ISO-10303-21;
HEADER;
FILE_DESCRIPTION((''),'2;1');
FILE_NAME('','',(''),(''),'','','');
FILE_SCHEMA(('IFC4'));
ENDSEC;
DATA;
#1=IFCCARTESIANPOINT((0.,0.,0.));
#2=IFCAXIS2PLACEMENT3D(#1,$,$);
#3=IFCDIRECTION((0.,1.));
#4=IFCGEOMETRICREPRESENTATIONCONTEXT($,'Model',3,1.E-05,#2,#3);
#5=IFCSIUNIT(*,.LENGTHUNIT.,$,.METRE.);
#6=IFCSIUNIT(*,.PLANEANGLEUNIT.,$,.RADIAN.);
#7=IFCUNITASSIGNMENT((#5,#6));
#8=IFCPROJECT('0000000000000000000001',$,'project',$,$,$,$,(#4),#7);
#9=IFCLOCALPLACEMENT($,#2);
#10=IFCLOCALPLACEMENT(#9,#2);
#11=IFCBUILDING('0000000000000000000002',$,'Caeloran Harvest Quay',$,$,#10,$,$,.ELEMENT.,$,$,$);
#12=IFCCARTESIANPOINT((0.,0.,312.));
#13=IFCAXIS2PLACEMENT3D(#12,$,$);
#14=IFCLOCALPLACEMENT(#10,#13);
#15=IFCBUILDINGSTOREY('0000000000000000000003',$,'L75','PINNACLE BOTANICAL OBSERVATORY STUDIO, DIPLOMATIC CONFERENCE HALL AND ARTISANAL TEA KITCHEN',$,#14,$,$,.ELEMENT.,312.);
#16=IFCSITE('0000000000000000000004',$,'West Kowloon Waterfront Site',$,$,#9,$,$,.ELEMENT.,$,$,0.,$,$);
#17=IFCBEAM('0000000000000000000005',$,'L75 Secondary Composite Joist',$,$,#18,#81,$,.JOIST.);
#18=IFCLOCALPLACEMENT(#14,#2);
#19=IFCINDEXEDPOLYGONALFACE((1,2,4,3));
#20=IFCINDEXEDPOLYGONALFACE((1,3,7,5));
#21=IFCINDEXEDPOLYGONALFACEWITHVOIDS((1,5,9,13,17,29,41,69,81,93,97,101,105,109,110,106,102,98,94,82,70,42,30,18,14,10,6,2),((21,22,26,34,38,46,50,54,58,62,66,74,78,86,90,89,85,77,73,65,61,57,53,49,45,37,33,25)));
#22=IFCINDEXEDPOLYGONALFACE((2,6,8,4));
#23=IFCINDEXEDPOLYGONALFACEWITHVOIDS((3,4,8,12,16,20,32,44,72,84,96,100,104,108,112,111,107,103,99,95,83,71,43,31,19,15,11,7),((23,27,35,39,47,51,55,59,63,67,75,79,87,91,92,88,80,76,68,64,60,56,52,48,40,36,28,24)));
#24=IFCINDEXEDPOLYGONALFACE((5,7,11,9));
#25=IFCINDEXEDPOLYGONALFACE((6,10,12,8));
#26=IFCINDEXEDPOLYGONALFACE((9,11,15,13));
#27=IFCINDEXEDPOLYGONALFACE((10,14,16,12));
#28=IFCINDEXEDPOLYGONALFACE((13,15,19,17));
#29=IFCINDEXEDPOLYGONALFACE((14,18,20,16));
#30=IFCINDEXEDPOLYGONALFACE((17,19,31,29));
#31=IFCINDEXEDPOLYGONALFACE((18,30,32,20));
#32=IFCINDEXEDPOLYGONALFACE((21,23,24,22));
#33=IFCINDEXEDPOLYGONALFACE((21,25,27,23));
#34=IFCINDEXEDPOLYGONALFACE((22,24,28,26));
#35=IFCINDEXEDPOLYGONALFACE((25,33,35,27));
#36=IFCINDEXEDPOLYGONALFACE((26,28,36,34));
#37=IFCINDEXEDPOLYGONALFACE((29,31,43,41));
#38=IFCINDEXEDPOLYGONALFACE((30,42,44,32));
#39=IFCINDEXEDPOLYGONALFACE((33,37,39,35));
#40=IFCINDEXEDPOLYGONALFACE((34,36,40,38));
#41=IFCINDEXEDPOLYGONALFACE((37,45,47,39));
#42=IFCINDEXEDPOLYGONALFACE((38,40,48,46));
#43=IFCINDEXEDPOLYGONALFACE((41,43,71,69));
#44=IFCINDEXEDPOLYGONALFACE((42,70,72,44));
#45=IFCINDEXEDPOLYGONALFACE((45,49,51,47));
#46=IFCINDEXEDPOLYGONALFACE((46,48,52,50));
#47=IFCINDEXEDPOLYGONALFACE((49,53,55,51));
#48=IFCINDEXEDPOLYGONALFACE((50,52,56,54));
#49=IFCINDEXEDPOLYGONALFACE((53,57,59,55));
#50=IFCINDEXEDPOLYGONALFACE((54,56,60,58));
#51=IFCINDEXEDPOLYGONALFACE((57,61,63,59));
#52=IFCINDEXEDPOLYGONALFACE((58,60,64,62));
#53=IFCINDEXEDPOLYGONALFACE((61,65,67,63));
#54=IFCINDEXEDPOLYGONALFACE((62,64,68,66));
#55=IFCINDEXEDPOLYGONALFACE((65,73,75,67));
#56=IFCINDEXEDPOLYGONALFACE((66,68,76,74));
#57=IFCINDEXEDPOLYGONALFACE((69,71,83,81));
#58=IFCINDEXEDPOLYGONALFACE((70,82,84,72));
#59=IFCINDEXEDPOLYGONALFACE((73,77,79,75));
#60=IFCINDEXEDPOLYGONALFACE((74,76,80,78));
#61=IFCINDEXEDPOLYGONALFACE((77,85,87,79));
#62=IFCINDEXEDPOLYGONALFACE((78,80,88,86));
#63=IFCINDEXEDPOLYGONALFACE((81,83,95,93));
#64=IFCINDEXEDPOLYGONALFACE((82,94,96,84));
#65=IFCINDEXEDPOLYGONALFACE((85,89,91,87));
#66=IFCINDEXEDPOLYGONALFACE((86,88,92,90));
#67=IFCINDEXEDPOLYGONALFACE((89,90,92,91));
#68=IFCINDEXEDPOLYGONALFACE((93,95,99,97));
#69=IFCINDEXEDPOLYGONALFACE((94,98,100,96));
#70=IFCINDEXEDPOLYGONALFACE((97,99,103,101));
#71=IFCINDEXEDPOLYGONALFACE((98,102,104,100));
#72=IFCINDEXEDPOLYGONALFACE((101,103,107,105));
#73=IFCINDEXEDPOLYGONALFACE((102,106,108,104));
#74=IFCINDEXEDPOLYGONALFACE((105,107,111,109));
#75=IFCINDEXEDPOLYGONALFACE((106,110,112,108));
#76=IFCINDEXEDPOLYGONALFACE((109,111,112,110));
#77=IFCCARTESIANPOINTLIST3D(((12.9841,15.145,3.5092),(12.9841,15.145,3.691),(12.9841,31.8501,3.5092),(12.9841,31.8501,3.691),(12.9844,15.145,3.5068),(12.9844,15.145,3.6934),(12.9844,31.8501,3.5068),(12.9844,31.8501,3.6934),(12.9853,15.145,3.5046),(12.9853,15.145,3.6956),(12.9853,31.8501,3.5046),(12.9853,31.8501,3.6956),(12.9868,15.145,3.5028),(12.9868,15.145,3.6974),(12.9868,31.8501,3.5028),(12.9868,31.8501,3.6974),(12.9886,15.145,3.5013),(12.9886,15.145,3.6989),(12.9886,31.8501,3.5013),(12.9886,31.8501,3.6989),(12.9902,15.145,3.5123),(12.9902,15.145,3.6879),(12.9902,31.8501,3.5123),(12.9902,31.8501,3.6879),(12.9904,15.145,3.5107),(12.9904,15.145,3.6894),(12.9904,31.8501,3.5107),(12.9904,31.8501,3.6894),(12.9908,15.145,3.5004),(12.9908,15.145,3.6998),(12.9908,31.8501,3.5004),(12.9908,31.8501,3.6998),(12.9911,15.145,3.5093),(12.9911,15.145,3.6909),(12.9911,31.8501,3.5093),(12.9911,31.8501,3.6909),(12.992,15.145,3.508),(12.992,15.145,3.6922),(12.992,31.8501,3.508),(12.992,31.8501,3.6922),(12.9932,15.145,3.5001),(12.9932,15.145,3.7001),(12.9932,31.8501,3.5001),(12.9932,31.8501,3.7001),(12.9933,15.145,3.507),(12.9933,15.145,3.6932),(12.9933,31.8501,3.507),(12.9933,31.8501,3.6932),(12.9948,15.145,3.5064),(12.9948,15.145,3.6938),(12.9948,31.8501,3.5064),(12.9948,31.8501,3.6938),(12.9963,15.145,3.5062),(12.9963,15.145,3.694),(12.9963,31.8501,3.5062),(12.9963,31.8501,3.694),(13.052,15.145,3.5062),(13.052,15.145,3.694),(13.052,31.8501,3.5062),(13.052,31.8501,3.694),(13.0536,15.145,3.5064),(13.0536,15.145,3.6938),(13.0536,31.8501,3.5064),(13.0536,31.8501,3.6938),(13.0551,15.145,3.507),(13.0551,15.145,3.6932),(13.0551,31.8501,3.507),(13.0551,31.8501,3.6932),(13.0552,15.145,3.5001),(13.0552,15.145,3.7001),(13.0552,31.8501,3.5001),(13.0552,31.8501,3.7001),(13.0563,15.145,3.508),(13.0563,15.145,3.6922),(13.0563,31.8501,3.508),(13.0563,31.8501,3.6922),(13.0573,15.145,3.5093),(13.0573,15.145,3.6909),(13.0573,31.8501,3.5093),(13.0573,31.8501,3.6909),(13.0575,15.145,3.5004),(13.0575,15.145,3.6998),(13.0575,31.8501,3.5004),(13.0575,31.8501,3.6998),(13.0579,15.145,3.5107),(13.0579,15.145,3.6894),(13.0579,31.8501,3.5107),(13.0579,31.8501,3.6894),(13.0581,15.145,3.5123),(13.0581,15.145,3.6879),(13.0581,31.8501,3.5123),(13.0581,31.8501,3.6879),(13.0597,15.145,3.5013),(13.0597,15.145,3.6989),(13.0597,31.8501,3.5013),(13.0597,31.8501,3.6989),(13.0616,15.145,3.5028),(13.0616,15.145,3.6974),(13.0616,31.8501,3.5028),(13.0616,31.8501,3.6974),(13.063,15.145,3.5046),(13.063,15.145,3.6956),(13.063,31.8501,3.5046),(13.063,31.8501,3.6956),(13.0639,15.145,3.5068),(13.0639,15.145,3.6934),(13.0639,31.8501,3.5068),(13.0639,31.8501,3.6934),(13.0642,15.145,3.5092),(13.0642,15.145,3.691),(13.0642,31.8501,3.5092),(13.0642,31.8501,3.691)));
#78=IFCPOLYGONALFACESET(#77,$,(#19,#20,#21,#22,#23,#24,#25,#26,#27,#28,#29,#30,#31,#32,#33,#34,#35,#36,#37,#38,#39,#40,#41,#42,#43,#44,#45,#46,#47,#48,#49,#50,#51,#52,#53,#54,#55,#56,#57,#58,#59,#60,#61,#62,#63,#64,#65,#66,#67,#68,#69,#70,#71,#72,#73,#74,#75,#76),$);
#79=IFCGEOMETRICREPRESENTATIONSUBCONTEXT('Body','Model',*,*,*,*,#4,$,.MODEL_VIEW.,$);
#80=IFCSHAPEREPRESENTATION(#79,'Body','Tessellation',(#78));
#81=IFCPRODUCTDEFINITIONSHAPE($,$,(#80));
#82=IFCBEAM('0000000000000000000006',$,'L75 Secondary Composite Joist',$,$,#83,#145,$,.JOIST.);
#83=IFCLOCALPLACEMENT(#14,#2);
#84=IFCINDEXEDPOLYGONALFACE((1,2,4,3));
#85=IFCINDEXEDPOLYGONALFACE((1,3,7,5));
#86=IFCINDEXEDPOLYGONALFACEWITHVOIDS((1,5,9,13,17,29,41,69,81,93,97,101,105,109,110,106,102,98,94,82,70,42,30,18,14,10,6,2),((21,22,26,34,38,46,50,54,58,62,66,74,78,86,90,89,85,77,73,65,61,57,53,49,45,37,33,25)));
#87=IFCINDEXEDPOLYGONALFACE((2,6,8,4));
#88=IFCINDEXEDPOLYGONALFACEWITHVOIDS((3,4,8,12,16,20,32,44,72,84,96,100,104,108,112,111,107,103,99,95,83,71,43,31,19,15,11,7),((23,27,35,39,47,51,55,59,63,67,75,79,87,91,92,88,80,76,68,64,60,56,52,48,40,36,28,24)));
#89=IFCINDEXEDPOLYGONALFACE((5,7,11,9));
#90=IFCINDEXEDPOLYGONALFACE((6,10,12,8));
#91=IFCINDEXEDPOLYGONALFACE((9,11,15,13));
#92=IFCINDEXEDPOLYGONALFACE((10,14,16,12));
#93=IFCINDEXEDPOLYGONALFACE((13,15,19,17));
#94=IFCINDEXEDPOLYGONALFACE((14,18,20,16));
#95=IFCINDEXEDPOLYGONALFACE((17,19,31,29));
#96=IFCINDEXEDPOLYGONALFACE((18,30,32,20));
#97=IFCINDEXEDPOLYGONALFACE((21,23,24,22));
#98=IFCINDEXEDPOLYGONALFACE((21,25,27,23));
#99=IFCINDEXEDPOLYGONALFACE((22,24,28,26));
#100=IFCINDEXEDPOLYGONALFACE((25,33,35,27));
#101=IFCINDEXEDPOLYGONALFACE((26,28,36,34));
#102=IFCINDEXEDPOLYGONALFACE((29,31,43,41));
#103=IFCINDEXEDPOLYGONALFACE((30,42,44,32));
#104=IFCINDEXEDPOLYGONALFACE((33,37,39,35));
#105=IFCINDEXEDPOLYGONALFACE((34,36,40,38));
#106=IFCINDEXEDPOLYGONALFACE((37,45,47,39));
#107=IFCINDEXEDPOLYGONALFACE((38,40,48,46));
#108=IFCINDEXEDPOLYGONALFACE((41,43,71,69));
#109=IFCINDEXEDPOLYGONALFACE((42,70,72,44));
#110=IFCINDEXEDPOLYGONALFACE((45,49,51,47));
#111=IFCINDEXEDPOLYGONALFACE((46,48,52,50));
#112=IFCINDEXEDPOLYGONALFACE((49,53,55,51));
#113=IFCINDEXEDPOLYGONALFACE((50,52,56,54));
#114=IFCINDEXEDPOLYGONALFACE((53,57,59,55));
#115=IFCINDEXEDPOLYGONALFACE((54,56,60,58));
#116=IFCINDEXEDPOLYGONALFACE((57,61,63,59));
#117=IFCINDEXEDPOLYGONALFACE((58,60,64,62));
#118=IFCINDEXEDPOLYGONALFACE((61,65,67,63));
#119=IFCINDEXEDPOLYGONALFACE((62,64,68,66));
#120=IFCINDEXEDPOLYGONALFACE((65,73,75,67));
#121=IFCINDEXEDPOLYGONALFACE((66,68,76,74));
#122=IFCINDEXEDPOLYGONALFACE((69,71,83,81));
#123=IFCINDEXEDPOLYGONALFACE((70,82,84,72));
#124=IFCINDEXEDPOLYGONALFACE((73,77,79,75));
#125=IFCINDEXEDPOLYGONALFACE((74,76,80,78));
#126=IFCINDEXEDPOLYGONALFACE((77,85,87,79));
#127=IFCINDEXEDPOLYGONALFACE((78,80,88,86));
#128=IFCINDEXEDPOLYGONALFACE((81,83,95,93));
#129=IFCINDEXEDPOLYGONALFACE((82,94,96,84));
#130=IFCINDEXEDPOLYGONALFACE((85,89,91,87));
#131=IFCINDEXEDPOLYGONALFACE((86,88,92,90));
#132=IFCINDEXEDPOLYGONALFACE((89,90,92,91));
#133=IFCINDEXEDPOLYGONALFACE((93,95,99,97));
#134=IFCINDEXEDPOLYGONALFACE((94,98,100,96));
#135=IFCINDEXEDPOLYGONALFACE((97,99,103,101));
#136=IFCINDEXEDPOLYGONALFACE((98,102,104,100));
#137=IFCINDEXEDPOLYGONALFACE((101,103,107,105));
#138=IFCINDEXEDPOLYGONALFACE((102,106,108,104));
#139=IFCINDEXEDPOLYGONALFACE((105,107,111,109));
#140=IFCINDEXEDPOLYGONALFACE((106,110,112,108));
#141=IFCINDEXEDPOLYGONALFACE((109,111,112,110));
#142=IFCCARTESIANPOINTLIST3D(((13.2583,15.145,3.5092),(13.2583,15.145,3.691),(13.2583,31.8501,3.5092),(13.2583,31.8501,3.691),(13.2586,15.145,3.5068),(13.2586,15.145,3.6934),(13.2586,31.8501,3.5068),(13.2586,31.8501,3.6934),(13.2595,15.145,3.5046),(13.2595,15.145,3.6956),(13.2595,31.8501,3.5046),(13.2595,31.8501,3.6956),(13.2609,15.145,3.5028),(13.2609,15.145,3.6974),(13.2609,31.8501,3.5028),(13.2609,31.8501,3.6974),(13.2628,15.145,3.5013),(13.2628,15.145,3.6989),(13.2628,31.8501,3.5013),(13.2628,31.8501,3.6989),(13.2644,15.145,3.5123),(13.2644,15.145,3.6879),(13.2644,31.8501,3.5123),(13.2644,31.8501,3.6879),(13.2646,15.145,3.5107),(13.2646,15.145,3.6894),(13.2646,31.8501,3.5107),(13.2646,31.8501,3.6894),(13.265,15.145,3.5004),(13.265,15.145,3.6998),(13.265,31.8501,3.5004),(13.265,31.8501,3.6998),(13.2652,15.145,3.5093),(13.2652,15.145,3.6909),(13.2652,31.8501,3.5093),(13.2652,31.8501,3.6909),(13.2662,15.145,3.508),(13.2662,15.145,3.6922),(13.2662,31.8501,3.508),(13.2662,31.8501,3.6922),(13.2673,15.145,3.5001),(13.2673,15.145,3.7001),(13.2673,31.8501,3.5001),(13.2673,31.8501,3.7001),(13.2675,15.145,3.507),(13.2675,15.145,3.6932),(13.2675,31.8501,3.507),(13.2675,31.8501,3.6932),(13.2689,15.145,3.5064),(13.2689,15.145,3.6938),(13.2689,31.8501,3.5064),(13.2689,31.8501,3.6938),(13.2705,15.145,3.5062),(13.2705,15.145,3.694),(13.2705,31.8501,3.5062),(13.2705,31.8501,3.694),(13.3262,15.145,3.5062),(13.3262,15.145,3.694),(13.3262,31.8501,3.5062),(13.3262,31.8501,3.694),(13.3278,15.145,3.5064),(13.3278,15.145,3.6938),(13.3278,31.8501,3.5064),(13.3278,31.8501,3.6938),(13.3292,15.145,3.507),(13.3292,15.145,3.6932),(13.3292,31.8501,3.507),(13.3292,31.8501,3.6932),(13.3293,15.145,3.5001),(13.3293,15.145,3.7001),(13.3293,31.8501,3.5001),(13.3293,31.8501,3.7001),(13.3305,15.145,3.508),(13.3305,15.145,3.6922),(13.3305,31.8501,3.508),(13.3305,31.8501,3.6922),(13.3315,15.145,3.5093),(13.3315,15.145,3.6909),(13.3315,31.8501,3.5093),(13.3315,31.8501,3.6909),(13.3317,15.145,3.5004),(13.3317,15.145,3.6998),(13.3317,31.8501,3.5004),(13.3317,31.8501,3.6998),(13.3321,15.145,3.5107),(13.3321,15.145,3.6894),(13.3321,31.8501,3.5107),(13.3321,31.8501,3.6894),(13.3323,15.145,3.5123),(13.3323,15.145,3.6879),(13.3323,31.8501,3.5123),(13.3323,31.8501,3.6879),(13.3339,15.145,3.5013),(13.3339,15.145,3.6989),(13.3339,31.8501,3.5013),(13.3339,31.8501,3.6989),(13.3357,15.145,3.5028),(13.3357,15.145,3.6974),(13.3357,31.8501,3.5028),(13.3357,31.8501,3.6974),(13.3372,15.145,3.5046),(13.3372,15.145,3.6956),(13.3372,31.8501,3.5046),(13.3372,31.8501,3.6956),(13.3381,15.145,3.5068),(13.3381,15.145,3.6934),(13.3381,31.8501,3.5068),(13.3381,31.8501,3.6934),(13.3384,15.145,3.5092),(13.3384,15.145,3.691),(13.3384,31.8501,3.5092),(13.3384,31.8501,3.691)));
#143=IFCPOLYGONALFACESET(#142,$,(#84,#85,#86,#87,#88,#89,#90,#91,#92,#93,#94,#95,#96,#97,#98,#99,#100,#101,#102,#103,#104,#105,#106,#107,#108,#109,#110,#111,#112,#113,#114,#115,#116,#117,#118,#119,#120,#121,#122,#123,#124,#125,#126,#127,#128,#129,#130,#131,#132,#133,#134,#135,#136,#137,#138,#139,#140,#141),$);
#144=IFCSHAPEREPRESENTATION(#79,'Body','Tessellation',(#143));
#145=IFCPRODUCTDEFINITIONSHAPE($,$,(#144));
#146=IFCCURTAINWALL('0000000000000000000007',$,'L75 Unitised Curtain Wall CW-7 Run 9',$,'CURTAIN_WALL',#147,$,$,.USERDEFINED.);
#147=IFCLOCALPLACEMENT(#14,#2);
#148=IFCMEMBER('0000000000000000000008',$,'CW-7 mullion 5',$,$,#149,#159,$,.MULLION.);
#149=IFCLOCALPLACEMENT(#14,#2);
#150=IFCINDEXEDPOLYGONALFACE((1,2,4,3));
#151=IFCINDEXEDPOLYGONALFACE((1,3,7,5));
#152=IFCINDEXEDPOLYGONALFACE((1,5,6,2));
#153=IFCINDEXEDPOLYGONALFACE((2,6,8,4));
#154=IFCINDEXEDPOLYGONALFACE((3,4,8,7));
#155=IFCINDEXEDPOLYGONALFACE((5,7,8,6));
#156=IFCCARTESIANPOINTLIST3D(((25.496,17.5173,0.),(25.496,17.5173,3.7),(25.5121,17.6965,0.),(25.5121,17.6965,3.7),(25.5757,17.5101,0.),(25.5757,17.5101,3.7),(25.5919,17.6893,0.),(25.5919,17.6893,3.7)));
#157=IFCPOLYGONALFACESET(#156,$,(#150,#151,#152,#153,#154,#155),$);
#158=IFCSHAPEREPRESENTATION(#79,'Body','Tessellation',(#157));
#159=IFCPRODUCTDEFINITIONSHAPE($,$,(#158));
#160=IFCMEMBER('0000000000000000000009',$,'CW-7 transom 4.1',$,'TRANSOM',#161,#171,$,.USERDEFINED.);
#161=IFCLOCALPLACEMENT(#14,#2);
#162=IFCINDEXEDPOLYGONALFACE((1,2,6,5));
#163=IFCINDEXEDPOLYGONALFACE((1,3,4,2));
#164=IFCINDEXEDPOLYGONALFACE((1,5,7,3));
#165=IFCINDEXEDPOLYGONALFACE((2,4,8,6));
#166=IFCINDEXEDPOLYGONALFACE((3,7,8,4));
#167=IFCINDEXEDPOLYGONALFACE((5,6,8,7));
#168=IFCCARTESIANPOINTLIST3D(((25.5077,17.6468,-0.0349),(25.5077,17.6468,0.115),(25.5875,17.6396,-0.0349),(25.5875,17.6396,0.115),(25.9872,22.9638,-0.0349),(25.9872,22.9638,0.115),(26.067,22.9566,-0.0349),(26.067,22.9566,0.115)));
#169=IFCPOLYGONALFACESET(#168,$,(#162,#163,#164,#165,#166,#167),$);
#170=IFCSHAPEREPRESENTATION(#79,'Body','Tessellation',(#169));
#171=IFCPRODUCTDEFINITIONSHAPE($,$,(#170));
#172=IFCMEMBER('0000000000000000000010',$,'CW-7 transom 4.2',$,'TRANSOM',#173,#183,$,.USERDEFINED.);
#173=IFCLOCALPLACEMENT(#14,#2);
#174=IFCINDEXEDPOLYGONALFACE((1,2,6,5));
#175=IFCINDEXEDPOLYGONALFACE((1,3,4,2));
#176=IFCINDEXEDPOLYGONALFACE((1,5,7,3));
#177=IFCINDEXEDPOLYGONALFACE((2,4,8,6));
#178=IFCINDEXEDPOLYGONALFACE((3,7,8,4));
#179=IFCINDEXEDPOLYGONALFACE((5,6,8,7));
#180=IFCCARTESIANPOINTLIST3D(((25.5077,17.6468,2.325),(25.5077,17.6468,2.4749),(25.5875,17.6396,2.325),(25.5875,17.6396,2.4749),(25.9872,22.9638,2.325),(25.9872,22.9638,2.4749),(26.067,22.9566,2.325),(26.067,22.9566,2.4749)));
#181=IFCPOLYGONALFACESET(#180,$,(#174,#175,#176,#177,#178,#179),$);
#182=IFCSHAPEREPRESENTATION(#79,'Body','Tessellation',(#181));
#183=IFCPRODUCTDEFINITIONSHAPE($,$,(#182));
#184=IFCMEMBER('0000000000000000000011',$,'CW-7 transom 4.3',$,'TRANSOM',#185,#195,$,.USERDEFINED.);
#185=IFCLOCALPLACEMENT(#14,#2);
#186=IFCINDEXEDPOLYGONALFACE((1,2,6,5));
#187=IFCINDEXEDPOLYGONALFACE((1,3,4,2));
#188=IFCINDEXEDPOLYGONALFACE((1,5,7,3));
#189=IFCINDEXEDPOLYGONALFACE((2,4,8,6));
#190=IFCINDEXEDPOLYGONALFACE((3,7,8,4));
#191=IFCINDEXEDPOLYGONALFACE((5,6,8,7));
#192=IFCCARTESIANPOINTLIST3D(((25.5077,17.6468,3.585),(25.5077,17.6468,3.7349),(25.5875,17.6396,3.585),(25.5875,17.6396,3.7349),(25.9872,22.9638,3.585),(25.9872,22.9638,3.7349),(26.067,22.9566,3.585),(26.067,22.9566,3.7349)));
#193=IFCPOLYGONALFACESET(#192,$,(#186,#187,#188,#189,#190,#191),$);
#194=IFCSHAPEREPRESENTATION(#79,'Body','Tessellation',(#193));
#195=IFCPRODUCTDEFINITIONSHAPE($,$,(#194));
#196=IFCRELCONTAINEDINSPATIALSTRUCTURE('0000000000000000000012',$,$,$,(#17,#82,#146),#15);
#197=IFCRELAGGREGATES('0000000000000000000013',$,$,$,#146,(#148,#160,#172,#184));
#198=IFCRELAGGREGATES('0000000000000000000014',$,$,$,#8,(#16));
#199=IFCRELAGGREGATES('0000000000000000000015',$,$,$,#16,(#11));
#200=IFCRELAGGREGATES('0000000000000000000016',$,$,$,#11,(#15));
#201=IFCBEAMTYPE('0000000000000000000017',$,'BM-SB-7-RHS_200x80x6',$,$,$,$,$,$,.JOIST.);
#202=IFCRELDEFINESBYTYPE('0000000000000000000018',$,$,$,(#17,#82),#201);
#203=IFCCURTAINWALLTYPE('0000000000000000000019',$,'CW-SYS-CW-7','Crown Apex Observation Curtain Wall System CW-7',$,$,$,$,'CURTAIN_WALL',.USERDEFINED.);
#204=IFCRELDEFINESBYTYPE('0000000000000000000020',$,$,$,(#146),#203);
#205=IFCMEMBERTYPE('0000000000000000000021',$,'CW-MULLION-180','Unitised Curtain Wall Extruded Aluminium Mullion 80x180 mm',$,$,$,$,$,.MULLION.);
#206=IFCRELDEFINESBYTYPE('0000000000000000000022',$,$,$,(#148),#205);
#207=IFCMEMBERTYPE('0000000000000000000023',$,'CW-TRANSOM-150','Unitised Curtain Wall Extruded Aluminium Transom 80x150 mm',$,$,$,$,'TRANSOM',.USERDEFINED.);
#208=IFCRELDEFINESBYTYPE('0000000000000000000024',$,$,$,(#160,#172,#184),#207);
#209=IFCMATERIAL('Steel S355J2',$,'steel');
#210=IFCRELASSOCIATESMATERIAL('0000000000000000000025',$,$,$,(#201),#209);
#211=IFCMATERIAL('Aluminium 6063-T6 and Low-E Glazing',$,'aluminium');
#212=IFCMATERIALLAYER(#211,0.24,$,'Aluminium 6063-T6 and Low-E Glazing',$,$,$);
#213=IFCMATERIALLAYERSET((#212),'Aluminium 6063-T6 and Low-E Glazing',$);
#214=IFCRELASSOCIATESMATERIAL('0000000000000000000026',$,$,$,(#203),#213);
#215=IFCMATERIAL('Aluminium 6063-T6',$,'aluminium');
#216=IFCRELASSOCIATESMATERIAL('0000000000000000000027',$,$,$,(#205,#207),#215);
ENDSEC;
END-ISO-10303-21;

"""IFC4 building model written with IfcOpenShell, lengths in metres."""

from ifc_helpers import new_model, si_unit, direction, frame, origin, origin_2d, place, context, subcontext, project, spatial, rectangle, hollow_rectangle, extrude, material, layer, layer_set, material_profile, profile_set, type_object, element, aggregate, save


model = new_model("IFC4")

# Units and contexts
model_context = context("Model", 3, precision=1e-05, world=origin(), true_north=direction((0.0, 1.0)))
body_context = subcontext(model_context, "Body", "Model", "MODEL_VIEW")
ifc_project = project(units=[si_unit("LENGTHUNIT", "METRE"), si_unit("PLANEANGLEUNIT", "RADIAN")], contexts=[model_context])

# Site, building, storey
site_placement = place(None, origin())
site = spatial("IfcSite", under=ifc_project, at=site_placement, Name="West Kowloon Waterfront Site", CompositionType="ELEMENT", RefElevation=0.0)
building_placement = place(site_placement, origin())
building = spatial("IfcBuilding", under=site, at=building_placement, Name="Caeloran Harvest Quay", CompositionType="ELEMENT")
storey_placement = place(building_placement, frame((0.0, 0.0, 312.0)))
storey = spatial("IfcBuildingStorey", under=building, at=storey_placement, Name="L75", Description="PINNACLE BOTANICAL OBSERVATORY STUDIO, DIPLOMATIC CONFERENCE HALL AND ARTISANAL TEA KITCHEN", CompositionType="ELEMENT", Elevation=312.0)

# Beams
ifc_material_1 = material(Name="Steel S355J2", Category="steel")
ifc_material_profile_1 = material_profile(ifc_material_1, hollow_rectangle(XDim=0.0801, YDim=0.2, WallThickness=0.0061, InnerFilletRadius=0.0061, OuterFilletRadius=0.009, at=origin_2d()), Name="RHS 200x80x6")
ifc_profile_set_1 = profile_set([ifc_material_profile_1], Name="Steel S355J2")
beam_type_1 = type_object("IfcBeamType", Name="BM-SB-7-RHS_200x80x6", PredefinedType="JOIST", material=ifc_profile_set_1)
for number, where, z_axis, x_axis, name in (
    (1, (13.0242, 15.145, 3.6001), (0.0, 1.0, 0.0), (-1.0, 0.0, 0.0), "L75 Secondary Composite Joist"),
    (2, (13.2983, 15.145, 3.6001), (0.0, 1.0, 0.0), (-1.0, 0.0, 0.0), "L75 Secondary Composite Joist"),
):
    element("IfcBeam", number, at=place(storey_placement, frame(where, z_axis=z_axis, x_axis=x_axis)), inside=storey, type_object=beam_type_1, Name=name, PredefinedType="JOIST", context=body_context, shape_type="SweptSolid", body=[
        extrude(hollow_rectangle(XDim=0.0801, YDim=0.2, WallThickness=0.0061, InnerFilletRadius=0.0061, OuterFilletRadius=0.009, at=origin_2d()), origin(), (0.0, 0.0, 1.0), 16.7051),
    ])

# Curtain wall, members
ifc_material_2 = material(Name="Aluminium 6063-T6 and Low-E Glazing", Category="aluminium")
ifc_layer_1 = layer(ifc_material_2, 0.24, Name="Aluminium 6063-T6 and Low-E Glazing")
ifc_layer_set_1 = layer_set([ifc_layer_1], Name="Aluminium 6063-T6 and Low-E Glazing")
curtain_wall_type = type_object("IfcCurtainWallType", Name="CW-SYS-CW-7", Description="Crown Apex Observation Curtain Wall System CW-7", ElementType="CURTAIN_WALL", PredefinedType="USERDEFINED", material=ifc_layer_set_1)
curtain_wall_placement = place(storey_placement, origin())
curtain_wall = element("IfcCurtainWall", 3, at=curtain_wall_placement, inside=storey, type_object=curtain_wall_type, Name="L75 Unitised Curtain Wall CW-7 Run 9", ObjectType="CURTAIN_WALL", PredefinedType="USERDEFINED")
ifc_material_3 = material(Name="Aluminium 6063-T6", Category="aluminium")
ifc_material_profile_2 = material_profile(ifc_material_3, rectangle(XDim=0.0801, YDim=0.1799, at=origin_2d()), Name="CW-MULLION-180")
ifc_profile_set_2 = profile_set([ifc_material_profile_2], Name="Aluminium 6063-T6")
member_type_1 = type_object("IfcMemberType", Name="CW-MULLION-180", Description="Unitised Curtain Wall Extruded Aluminium Mullion 80x180 mm", PredefinedType="MULLION", material=ifc_profile_set_2)
member_1_placement = place(storey_placement, frame((25.5439, 17.6033, 0.0), z_axis=(0.0, 0.0, 1.0), x_axis=(0.995958, -0.089821, 0.0)))
member_1 = element("IfcMember", 4, at=member_1_placement, type_object=member_type_1, Name="CW-7 mullion 5", PredefinedType="MULLION", context=body_context, shape_type="SweptSolid", body=[
    extrude(rectangle(XDim=0.0801, YDim=0.1799, at=origin_2d()), origin(), (0.0, 0.0, 1.0), 3.7),
])
ifc_material_profile_3 = material_profile(ifc_material_3, rectangle(XDim=0.0801, YDim=0.1499, at=origin_2d()), Name="CW-TRANSOM-150")
ifc_profile_set_3 = profile_set([ifc_material_profile_3], Name="Aluminium 6063-T6")
member_type_2 = type_object("IfcMemberType", Name="CW-TRANSOM-150", Description="Unitised Curtain Wall Extruded Aluminium Transom 80x150 mm", ElementType="TRANSOM", PredefinedType="USERDEFINED", material=ifc_profile_set_3)
member_2_placement = place(storey_placement, frame((26.0271, 22.9602, 0.04), z_axis=(-0.089814, -0.995959, 0.0), x_axis=(0.995959, -0.089814, 0.0)))
member_2 = element("IfcMember", 5, at=member_2_placement, type_object=member_type_2, Name="CW-7 transom 4.1", ObjectType="TRANSOM", PredefinedType="USERDEFINED", context=body_context, shape_type="SweptSolid", body=[
    extrude(rectangle(XDim=0.0801, YDim=0.1499, at=origin_2d()), origin(), (0.0, 0.0, 1.0), 5.3386),
])
member_3_placement = place(storey_placement, frame((26.0271, 22.9602, 2.3999), z_axis=(-0.089814, -0.995959, 0.0), x_axis=(0.995959, -0.089814, 0.0)))
member_3 = element("IfcMember", 6, at=member_3_placement, type_object=member_type_2, Name="CW-7 transom 4.2", ObjectType="TRANSOM", PredefinedType="USERDEFINED", context=body_context, shape_type="SweptSolid", body=[
    extrude(rectangle(XDim=0.0801, YDim=0.1499, at=origin_2d()), origin(), (0.0, 0.0, 1.0), 5.3386),
])
member_4_placement = place(storey_placement, frame((26.0271, 22.9602, 3.6599), z_axis=(-0.089814, -0.995959, 0.0), x_axis=(0.995959, -0.089814, 0.0)))
member_4 = element("IfcMember", 7, at=member_4_placement, type_object=member_type_2, Name="CW-7 transom 4.3", ObjectType="TRANSOM", PredefinedType="USERDEFINED", context=body_context, shape_type="SweptSolid", body=[
    extrude(rectangle(XDim=0.0801, YDim=0.1499, at=origin_2d()), origin(), (0.0, 0.0, 1.0), 5.3386),
])
aggregate(curtain_wall, [member_1, member_2, member_3, member_4])

save(model, "model.ifc")
